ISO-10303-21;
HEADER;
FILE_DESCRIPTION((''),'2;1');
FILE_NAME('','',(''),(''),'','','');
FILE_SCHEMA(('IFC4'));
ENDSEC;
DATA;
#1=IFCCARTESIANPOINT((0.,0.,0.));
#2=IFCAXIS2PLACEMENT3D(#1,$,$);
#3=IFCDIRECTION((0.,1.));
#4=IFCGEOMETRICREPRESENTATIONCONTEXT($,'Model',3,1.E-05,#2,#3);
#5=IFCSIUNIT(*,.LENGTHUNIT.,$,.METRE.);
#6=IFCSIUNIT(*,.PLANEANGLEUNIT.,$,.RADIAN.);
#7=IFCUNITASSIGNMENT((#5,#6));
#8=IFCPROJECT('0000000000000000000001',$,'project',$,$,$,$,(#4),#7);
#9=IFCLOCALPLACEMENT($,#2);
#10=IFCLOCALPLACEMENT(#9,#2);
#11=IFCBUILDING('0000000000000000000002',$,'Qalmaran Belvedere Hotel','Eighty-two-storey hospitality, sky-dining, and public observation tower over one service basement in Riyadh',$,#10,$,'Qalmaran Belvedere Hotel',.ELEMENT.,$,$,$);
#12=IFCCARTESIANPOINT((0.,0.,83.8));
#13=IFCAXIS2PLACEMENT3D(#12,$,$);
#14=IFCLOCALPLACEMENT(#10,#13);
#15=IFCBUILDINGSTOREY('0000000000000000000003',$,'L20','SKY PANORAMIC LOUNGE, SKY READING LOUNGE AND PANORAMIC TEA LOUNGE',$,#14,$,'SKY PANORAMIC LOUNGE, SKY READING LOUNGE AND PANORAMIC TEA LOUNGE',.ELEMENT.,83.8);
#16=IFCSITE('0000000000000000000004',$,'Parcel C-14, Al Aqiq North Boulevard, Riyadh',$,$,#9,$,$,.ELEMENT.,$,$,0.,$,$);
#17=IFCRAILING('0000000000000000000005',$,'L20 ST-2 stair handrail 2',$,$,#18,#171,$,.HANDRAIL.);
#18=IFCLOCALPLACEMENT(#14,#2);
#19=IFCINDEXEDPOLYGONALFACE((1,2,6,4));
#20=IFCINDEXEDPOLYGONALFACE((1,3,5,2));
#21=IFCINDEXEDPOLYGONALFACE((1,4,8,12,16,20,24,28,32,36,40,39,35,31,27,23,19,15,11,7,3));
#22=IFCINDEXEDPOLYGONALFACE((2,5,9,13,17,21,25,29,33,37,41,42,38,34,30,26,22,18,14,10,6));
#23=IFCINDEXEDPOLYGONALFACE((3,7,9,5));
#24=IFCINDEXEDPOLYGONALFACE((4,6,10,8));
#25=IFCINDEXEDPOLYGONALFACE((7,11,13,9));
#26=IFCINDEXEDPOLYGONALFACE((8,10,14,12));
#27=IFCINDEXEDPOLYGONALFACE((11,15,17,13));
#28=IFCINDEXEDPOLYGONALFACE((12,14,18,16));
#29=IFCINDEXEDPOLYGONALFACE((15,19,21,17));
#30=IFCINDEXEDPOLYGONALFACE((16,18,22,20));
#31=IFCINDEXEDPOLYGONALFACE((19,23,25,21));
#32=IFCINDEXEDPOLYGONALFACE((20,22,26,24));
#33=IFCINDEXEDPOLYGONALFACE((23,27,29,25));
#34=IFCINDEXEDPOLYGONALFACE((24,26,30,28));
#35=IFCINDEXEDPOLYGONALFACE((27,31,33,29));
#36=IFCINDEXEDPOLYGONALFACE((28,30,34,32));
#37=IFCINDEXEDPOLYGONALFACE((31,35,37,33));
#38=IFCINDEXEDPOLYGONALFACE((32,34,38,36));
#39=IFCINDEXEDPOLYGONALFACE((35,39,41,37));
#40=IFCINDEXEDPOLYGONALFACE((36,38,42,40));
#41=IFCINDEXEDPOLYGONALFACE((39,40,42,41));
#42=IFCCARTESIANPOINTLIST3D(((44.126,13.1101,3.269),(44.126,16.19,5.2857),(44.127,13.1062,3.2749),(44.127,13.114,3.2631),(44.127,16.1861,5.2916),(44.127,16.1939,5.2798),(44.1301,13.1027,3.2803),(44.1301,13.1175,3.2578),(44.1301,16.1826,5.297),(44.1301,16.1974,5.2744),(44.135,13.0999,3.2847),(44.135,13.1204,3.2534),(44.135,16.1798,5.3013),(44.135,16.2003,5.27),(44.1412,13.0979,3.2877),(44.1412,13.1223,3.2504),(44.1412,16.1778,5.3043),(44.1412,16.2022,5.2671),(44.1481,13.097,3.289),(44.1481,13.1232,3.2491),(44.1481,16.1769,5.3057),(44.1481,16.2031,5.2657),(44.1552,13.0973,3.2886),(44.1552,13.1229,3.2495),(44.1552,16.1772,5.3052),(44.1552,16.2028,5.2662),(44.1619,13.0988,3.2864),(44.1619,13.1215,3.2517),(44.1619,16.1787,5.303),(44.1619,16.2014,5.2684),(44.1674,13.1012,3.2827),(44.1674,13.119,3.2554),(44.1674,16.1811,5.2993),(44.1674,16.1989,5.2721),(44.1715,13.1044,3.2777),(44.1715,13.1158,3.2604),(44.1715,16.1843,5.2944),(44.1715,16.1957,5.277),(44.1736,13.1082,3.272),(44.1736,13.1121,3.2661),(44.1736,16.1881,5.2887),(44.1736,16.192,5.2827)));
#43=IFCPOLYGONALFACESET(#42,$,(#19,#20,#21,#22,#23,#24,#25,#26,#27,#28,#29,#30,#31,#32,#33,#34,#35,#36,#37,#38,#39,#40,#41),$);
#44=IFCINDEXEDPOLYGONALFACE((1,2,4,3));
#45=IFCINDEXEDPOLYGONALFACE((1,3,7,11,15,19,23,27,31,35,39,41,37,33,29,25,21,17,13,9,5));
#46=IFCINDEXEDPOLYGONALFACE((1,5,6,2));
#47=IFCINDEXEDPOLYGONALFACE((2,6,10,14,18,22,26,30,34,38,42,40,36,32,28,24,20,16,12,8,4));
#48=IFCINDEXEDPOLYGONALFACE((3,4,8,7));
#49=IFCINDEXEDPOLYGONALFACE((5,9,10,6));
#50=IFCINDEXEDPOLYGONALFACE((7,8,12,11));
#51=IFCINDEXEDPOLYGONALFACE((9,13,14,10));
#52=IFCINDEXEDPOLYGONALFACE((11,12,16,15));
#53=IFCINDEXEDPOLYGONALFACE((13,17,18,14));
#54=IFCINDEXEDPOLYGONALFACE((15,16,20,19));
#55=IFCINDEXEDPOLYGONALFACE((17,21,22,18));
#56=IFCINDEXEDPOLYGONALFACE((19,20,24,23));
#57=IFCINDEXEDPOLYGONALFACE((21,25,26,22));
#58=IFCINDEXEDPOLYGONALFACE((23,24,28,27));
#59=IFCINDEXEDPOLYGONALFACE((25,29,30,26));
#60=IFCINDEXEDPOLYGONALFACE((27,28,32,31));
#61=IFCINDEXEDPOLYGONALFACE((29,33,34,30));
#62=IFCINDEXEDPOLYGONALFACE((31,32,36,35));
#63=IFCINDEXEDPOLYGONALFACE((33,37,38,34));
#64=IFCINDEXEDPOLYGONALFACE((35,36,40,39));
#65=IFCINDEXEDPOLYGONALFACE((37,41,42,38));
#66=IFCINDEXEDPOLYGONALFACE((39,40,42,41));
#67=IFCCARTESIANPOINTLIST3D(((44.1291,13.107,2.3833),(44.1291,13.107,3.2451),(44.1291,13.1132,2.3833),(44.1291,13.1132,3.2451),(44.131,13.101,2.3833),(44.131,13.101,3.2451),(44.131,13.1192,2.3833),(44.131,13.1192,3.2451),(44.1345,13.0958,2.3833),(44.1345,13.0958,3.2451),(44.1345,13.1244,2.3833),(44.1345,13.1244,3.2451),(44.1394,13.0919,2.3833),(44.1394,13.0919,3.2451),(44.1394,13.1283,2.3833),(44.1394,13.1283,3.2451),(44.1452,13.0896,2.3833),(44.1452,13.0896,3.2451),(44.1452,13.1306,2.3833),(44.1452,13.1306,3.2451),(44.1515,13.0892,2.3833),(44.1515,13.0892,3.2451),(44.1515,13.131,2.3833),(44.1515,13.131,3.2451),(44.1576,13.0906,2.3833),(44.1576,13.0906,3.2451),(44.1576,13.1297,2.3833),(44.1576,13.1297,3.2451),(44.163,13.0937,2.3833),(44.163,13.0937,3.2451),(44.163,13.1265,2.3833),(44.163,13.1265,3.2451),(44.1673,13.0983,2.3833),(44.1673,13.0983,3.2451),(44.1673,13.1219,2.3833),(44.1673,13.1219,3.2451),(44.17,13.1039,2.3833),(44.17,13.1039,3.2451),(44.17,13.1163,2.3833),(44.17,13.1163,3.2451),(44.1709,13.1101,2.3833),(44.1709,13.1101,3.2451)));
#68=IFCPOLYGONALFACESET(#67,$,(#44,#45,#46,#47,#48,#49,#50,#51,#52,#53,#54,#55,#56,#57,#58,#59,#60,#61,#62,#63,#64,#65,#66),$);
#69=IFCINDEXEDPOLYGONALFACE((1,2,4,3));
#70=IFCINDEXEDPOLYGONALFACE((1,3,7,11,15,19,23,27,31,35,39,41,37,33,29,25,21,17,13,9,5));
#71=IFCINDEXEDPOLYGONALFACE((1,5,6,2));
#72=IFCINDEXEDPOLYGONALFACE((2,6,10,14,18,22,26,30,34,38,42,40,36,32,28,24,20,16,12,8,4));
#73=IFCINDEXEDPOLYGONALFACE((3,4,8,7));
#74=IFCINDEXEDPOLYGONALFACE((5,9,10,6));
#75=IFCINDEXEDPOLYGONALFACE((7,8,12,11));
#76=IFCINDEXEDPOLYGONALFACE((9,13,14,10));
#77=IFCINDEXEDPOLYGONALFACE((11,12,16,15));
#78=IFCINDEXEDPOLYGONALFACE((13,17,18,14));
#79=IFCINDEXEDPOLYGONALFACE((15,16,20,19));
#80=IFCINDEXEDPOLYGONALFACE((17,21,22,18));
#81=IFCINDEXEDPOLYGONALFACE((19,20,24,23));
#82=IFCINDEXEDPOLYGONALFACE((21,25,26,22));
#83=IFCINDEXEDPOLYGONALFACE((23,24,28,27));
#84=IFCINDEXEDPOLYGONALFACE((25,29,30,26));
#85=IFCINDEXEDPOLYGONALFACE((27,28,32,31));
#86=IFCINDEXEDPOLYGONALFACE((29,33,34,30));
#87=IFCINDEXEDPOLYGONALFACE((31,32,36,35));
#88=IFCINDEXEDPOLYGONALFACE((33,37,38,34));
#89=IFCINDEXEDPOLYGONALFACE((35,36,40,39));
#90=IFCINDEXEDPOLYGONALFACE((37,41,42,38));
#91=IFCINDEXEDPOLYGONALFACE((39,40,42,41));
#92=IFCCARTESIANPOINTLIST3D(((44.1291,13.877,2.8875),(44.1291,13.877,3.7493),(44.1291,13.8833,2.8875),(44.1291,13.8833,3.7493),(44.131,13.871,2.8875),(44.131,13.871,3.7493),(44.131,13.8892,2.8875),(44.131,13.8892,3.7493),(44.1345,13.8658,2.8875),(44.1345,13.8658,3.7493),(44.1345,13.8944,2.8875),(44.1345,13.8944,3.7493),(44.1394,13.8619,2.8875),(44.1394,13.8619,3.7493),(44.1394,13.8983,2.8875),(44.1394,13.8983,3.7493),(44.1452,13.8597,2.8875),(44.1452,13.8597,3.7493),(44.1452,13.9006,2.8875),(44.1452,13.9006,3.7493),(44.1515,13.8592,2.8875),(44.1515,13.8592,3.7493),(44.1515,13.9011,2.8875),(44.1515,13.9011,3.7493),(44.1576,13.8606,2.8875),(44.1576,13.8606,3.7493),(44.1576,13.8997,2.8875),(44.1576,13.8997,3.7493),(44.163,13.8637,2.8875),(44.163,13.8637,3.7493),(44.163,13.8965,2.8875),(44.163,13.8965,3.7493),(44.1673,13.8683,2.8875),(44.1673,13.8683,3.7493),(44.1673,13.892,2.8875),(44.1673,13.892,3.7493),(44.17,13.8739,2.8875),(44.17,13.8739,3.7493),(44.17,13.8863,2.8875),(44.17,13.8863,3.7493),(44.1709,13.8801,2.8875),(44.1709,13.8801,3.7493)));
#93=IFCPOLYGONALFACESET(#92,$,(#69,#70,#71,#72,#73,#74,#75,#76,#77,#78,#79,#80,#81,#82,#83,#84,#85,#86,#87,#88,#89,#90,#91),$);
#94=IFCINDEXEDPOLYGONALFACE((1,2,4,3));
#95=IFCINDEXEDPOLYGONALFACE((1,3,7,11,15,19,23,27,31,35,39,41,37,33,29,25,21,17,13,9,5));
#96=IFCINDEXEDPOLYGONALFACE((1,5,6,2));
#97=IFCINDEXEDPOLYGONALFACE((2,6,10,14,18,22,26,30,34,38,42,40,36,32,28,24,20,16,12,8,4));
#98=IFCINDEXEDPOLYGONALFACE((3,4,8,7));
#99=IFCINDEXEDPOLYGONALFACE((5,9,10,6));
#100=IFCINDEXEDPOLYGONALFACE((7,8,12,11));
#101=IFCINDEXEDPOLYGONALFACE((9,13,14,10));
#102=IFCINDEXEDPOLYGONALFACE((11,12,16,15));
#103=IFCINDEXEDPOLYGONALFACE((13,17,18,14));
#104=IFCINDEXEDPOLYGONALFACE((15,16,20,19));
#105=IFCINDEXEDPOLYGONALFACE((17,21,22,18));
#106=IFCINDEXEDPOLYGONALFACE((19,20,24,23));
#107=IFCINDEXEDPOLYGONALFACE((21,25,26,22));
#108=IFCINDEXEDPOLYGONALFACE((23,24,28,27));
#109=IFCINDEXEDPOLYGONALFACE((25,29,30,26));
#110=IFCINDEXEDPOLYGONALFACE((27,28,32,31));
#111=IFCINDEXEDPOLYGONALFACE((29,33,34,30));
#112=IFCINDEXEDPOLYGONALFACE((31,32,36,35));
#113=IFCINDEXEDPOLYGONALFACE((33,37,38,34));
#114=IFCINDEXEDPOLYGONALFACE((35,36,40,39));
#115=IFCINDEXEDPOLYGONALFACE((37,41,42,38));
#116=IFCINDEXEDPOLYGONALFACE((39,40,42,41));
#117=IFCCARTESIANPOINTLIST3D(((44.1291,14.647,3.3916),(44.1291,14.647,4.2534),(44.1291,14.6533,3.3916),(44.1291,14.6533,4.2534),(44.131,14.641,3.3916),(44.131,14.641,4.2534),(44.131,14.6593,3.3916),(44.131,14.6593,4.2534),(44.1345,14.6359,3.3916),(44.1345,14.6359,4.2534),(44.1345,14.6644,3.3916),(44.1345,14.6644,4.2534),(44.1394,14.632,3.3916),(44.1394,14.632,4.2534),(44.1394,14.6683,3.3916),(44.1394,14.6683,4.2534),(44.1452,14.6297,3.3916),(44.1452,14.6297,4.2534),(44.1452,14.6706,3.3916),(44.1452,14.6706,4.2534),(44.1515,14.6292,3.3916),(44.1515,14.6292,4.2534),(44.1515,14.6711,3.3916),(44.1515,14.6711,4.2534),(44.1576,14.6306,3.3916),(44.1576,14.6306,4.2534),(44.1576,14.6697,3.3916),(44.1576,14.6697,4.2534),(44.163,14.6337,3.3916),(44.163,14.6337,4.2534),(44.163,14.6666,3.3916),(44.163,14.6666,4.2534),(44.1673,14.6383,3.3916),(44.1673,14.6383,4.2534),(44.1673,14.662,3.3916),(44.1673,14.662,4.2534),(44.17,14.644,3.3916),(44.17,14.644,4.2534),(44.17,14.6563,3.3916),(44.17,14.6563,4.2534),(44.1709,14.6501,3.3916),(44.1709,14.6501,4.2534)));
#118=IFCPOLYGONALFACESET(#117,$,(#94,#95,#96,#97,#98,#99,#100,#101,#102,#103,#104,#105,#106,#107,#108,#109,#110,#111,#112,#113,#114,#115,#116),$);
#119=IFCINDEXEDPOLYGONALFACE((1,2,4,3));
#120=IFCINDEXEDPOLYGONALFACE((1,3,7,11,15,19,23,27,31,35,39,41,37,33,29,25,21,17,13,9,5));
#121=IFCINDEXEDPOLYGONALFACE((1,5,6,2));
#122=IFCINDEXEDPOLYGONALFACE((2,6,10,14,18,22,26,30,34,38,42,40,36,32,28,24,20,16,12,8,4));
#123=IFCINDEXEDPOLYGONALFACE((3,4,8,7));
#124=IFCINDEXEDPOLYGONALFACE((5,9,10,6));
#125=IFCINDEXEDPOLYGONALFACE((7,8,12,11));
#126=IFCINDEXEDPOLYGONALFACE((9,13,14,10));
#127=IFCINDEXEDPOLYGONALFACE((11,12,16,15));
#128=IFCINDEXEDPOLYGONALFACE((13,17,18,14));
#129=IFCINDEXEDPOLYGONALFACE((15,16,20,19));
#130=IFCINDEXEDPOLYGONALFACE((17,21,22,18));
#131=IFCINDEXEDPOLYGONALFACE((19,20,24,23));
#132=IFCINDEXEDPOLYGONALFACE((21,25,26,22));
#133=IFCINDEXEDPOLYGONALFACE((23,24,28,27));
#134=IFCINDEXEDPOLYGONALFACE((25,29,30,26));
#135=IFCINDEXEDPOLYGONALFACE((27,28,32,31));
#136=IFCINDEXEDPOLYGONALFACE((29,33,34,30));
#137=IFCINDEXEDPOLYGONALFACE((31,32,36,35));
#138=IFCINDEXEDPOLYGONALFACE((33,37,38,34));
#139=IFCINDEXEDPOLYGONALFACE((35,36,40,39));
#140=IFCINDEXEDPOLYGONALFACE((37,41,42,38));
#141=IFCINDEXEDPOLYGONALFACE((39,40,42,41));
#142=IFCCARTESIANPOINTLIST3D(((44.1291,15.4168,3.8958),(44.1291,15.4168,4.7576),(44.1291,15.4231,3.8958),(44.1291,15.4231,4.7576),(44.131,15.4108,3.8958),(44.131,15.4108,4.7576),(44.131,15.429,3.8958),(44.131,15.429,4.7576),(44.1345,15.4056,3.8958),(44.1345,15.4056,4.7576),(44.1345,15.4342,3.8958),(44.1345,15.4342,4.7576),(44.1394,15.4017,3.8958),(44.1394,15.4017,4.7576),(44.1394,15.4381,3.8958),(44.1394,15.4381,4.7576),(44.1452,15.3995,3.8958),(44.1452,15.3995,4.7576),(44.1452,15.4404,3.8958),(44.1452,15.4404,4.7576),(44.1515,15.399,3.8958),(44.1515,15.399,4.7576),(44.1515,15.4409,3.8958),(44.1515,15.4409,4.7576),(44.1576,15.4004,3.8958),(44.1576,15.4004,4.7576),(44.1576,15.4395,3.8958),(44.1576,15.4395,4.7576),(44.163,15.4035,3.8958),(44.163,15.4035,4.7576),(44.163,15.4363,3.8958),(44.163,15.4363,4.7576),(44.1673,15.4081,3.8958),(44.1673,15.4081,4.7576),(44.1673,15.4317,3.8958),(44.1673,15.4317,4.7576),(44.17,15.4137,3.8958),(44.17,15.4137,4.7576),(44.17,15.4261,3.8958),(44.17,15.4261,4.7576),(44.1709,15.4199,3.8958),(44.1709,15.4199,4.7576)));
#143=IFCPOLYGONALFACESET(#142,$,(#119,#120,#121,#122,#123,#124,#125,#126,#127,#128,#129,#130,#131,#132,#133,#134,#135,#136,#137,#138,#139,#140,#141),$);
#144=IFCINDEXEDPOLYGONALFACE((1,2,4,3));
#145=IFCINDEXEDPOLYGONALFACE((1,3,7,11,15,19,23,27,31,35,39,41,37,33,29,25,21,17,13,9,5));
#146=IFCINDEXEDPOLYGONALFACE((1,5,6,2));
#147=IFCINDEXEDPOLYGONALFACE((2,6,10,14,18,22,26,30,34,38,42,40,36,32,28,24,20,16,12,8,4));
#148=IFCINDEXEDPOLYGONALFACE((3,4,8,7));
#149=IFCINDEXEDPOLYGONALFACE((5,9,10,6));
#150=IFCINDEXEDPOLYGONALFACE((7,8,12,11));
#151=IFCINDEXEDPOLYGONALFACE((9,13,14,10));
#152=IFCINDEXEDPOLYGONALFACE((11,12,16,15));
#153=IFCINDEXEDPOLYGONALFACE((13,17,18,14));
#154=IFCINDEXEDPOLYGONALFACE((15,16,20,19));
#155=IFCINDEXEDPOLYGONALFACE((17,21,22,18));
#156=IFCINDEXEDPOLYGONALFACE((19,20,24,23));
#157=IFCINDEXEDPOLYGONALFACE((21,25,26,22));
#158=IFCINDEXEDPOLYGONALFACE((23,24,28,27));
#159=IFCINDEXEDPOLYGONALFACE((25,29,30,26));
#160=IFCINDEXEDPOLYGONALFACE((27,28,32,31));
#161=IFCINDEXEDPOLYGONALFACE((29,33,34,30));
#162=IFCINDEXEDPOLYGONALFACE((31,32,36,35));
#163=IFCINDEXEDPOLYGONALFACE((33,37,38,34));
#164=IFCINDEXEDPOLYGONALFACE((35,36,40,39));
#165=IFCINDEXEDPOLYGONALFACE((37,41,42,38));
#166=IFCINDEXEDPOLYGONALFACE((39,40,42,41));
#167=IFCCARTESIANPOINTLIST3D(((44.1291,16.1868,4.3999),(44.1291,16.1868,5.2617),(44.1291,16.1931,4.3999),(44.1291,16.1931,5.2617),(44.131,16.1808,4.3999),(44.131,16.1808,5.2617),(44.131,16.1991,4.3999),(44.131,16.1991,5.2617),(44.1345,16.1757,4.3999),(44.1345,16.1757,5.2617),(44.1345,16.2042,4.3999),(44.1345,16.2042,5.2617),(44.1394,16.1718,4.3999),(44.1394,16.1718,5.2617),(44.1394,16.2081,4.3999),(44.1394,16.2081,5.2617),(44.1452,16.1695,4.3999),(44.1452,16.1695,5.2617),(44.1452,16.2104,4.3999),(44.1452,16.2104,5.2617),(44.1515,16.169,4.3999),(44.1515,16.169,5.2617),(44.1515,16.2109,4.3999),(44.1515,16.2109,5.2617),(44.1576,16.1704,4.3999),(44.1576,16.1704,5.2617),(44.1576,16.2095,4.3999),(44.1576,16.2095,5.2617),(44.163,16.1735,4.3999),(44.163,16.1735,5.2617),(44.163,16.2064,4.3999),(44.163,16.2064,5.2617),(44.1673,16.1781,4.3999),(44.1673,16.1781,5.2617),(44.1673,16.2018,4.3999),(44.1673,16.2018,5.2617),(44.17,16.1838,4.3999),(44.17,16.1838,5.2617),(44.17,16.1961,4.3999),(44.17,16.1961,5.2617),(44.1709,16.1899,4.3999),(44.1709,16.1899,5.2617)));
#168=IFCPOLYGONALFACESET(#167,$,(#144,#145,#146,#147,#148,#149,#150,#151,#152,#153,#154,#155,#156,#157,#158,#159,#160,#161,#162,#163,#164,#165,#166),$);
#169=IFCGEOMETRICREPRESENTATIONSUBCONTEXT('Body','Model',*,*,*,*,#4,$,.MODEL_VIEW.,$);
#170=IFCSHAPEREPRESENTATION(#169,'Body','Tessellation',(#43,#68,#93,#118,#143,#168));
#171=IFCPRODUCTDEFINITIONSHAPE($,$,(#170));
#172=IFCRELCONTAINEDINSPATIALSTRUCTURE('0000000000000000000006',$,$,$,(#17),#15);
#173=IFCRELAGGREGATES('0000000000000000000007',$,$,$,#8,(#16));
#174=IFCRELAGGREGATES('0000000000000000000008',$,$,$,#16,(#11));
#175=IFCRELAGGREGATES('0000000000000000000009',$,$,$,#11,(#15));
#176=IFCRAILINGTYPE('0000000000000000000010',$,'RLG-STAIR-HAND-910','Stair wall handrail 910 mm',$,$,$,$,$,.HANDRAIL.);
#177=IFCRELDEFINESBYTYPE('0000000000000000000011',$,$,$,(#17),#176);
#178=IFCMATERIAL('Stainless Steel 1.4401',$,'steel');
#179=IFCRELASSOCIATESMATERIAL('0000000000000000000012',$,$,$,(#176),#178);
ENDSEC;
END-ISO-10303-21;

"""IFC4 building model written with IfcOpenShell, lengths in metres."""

from ifc_helpers import new_model, si_unit, direction, frame, origin, origin_2d, place, context, subcontext, project, spatial, circle, extrude, material, type_object, element, save


model = new_model("IFC4")

# Units and contexts
model_context = context("Model", 3, precision=1e-05, world=origin(), true_north=direction((0.0, 1.0)))
body_context = subcontext(model_context, "Body", "Model", "MODEL_VIEW")
ifc_project = project(units=[si_unit("LENGTHUNIT", "METRE"), si_unit("PLANEANGLEUNIT", "RADIAN")], contexts=[model_context])

# Site, building, storey
site_placement = place(None, origin())
site = spatial("IfcSite", under=ifc_project, at=site_placement, Name="Parcel C-14, Al Aqiq North Boulevard, Riyadh", CompositionType="ELEMENT", RefElevation=0.0)
building_placement = place(site_placement, origin())
building = spatial("IfcBuilding", under=site, at=building_placement, Name="Qalmaran Belvedere Hotel", Description="Eighty-two-storey hospitality, sky-dining, and public observation tower over one service basement in Riyadh", LongName="Qalmaran Belvedere Hotel", CompositionType="ELEMENT")
storey_placement = place(building_placement, frame((0.0, 0.0, 83.8)))
storey = spatial("IfcBuildingStorey", under=building, at=storey_placement, Name="L20", Description="SKY PANORAMIC LOUNGE, SKY READING LOUNGE AND PANORAMIC TEA LOUNGE", LongName="SKY PANORAMIC LOUNGE, SKY READING LOUNGE AND PANORAMIC TEA LOUNGE", CompositionType="ELEMENT", Elevation=83.8)

# Railing
ifc_material_1 = material(Name="Stainless Steel 1.4401", Category="steel")
railing_type_1 = type_object("IfcRailingType", Name="RLG-STAIR-HAND-910", Description="Stair wall handrail 910 mm", PredefinedType="HANDRAIL", material=ifc_material_1)
railing_1_placement = place(storey_placement, frame((44.1499, 13.1101, 2.3833)))
element("IfcRailing", 1, at=railing_1_placement, inside=storey, type_object=railing_type_1, Name="L20 ST-2 stair handrail 2", PredefinedType="HANDRAIL", context=body_context, shape_type="SweptSolid", body=[
    extrude(circle(Radius=0.0239, at=origin_2d()), frame((0.0, 0.0, 0.8857), z_axis=(0.0, 0.836613, 0.547794), x_axis=(-1.0, 0.0, 0.0)), (0.0, 0.0, 1.0), 3.6814),
    extrude(circle(Radius=0.021, at=origin_2d()), origin(), (0.0, 0.0, 1.0), 0.8618),
    extrude(circle(Radius=0.021, at=origin_2d()), frame((0.0, 0.77, 0.5042)), (0.0, 0.0, 1.0), 0.8618),
    extrude(circle(Radius=0.021, at=origin_2d()), frame((0.0, 1.54, 1.0083)), (0.0, 0.0, 1.0), 0.8618),
    extrude(circle(Radius=0.021, at=origin_2d()), frame((0.0, 2.3098, 1.5125)), (0.0, 0.0, 1.0), 0.8618),
    extrude(circle(Radius=0.021, at=origin_2d()), frame((0.0, 3.0798, 2.0166)), (0.0, 0.0, 1.0), 0.8618),
])

save(model, "model.ifc")
